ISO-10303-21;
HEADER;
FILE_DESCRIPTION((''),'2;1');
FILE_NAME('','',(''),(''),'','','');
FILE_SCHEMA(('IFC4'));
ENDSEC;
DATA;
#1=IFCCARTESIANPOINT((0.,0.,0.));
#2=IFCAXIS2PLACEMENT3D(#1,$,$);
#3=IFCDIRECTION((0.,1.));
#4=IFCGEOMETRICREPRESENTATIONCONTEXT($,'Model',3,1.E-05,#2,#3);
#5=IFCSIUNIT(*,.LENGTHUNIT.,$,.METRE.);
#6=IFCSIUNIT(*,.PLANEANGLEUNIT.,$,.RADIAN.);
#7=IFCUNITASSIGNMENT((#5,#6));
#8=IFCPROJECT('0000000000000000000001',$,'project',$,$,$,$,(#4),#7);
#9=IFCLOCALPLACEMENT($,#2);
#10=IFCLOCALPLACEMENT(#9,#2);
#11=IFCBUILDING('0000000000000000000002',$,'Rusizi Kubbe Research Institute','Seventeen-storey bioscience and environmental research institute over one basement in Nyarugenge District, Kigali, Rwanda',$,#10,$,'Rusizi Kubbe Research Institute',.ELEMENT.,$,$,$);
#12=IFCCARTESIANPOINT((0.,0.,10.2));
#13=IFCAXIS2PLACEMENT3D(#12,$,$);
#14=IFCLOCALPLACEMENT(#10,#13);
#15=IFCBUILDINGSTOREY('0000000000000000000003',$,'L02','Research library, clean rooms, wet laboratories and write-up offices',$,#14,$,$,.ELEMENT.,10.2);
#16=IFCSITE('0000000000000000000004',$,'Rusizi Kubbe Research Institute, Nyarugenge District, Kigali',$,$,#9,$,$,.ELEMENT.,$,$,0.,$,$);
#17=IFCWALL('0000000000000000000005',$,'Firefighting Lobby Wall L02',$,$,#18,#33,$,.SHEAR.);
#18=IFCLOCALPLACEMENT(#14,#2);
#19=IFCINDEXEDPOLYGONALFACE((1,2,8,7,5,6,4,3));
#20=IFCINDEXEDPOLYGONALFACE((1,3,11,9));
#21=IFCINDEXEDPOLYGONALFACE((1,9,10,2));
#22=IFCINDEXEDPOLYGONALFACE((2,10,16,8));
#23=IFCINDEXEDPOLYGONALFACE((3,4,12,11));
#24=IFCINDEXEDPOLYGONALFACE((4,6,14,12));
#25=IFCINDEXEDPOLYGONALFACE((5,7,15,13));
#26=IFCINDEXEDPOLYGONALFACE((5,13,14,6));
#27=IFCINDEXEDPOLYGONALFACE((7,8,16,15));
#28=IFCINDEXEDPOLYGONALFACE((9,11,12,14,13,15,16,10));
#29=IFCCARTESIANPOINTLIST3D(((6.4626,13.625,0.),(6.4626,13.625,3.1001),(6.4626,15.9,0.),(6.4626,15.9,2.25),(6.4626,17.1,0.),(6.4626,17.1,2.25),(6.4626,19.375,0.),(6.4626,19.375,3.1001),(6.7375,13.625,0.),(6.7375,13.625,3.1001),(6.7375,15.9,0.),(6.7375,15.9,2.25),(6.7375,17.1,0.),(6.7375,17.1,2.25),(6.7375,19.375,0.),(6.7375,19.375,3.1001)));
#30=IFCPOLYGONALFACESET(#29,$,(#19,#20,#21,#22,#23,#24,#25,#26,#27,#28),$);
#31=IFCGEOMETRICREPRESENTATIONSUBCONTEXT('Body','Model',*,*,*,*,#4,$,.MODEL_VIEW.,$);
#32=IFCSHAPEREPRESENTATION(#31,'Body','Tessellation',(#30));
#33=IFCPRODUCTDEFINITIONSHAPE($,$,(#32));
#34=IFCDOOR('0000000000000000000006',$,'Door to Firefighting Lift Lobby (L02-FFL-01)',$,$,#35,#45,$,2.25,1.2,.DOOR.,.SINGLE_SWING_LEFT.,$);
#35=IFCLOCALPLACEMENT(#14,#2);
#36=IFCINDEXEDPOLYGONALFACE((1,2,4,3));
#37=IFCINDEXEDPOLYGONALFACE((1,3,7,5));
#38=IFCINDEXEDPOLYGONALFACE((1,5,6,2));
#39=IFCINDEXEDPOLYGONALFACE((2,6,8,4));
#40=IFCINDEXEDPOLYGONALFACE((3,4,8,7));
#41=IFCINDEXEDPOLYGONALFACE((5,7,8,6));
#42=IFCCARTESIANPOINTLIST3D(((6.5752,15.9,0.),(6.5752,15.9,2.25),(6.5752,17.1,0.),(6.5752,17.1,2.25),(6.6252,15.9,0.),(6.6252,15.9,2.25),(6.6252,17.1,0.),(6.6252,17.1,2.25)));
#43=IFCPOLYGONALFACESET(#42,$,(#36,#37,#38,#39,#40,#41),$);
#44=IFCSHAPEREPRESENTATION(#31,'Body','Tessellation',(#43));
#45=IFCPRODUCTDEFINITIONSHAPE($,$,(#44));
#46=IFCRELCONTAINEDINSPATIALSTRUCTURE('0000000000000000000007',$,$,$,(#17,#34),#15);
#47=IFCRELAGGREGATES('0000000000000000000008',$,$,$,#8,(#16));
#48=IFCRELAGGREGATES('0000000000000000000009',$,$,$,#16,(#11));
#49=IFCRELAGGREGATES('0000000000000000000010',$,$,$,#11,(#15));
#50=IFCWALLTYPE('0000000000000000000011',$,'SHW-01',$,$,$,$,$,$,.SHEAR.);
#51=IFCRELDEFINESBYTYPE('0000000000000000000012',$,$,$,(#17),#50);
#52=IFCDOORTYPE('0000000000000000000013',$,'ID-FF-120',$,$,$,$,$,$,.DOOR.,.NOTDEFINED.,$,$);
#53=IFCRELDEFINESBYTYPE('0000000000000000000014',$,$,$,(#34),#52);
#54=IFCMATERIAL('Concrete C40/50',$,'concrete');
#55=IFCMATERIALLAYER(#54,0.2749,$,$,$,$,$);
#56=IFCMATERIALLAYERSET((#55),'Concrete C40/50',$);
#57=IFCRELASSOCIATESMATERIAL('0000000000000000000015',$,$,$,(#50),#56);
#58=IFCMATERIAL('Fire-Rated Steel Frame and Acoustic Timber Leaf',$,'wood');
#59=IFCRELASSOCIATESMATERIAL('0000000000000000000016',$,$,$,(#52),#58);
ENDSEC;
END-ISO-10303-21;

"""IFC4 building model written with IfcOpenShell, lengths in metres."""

from ifc_helpers import new_model, si_unit, direction, frame, frame_2d, origin, place, context, subcontext, project, spatial, rectangle, extrude, material, layer, layer_set, type_object, element, fill, save


model = new_model("IFC4")

# Units and contexts
model_context = context("Model", 3, precision=1e-05, world=origin(), true_north=direction((0.0, 1.0)))
body_context = subcontext(model_context, "Body", "Model", "MODEL_VIEW")
ifc_project = project(units=[si_unit("LENGTHUNIT", "METRE"), si_unit("PLANEANGLEUNIT", "RADIAN")], contexts=[model_context])

# Site, building, storey
site_placement = place(None, origin())
site = spatial("IfcSite", under=ifc_project, at=site_placement, Name="Rusizi Kubbe Research Institute, Nyarugenge District, Kigali", CompositionType="ELEMENT", RefElevation=0.0)
building_placement = place(site_placement, origin())
building = spatial("IfcBuilding", under=site, at=building_placement, Name="Rusizi Kubbe Research Institute", Description="Seventeen-storey bioscience and environmental research institute over one basement in Nyarugenge District, Kigali, Rwanda", LongName="Rusizi Kubbe Research Institute", CompositionType="ELEMENT")
storey_placement = place(building_placement, frame((0.0, 0.0, 10.2)))
storey = spatial("IfcBuildingStorey", under=building, at=storey_placement, Name="L02", Description="Research library, clean rooms, wet laboratories and write-up offices", CompositionType="ELEMENT", Elevation=10.2)

# Wall, opening, door
ifc_material_1 = material(Name="Concrete C40/50", Category="concrete")
ifc_layer_1 = layer(ifc_material_1, 0.2749)
ifc_layer_set_1 = layer_set([ifc_layer_1], Name="Concrete C40/50")
wall_type_1 = type_object("IfcWallType", Name="SHW-01", PredefinedType="SHEAR", material=ifc_layer_set_1)
wall_1_placement = place(storey_placement, frame((6.6001, 13.625, 0.0), z_axis=(0.0, 0.0, 1.0), x_axis=(0.0, 1.0, 0.0)))
wall_1 = element("IfcWall", 1, at=wall_1_placement, inside=storey, type_object=wall_type_1, Name="Firefighting Lobby Wall L02", PredefinedType="SHEAR", context=body_context, shape_type="SweptSolid", body=[
    extrude(rectangle(XDim=5.75, YDim=0.2749, at=frame_2d((2.875, 0.0))), origin(), (0.0, 0.0, 1.0), 3.1001),
])
opening_1_placement = place(wall_1_placement, frame((2.2749, 0.0, 0.0)))
opening_1 = element("IfcOpeningElement", 2, at=opening_1_placement, cuts=wall_1, PredefinedType="OPENING", context=body_context, shape_type="SweptSolid", body=[
    extrude(rectangle(XDim=1.2, YDim=2.25, at=frame_2d((0.6001, 1.125))), frame((0.0, 0.1475, 0.0), z_axis=(0.0, -1.0, 0.0), x_axis=(1.0, 0.0, 0.0)), (0.0, 0.0, 1.0), 0.2949),
])
ifc_material_2 = material(Name="Fire-Rated Steel Frame and Acoustic Timber Leaf", Category="wood")
door_type_1 = type_object("IfcDoorType", Name="ID-FF-120", OperationType="NOTDEFINED", PredefinedType="DOOR", material=ifc_material_2)
door_1_placement = place(opening_1_placement, origin())
door_1 = element("IfcDoor", 3, at=door_1_placement, inside=storey, type_object=door_type_1, Name="Door to Firefighting Lift Lobby (L02-FFL-01)", OperationType="SINGLE_SWING_LEFT", OverallHeight=2.25, OverallWidth=1.2, PredefinedType="DOOR", context=body_context, shape_type="SweptSolid", body=[
    extrude(rectangle(XDim=1.2, YDim=2.25, at=frame_2d((0.6001, 1.125))), frame((0.0, 0.0249, 0.0), z_axis=(0.0, -1.0, 0.0), x_axis=(1.0, 0.0, 0.0)), (0.0, 0.0, 1.0), 0.05),
])
fill(opening_1, door_1)

save(model, "model.ifc")
